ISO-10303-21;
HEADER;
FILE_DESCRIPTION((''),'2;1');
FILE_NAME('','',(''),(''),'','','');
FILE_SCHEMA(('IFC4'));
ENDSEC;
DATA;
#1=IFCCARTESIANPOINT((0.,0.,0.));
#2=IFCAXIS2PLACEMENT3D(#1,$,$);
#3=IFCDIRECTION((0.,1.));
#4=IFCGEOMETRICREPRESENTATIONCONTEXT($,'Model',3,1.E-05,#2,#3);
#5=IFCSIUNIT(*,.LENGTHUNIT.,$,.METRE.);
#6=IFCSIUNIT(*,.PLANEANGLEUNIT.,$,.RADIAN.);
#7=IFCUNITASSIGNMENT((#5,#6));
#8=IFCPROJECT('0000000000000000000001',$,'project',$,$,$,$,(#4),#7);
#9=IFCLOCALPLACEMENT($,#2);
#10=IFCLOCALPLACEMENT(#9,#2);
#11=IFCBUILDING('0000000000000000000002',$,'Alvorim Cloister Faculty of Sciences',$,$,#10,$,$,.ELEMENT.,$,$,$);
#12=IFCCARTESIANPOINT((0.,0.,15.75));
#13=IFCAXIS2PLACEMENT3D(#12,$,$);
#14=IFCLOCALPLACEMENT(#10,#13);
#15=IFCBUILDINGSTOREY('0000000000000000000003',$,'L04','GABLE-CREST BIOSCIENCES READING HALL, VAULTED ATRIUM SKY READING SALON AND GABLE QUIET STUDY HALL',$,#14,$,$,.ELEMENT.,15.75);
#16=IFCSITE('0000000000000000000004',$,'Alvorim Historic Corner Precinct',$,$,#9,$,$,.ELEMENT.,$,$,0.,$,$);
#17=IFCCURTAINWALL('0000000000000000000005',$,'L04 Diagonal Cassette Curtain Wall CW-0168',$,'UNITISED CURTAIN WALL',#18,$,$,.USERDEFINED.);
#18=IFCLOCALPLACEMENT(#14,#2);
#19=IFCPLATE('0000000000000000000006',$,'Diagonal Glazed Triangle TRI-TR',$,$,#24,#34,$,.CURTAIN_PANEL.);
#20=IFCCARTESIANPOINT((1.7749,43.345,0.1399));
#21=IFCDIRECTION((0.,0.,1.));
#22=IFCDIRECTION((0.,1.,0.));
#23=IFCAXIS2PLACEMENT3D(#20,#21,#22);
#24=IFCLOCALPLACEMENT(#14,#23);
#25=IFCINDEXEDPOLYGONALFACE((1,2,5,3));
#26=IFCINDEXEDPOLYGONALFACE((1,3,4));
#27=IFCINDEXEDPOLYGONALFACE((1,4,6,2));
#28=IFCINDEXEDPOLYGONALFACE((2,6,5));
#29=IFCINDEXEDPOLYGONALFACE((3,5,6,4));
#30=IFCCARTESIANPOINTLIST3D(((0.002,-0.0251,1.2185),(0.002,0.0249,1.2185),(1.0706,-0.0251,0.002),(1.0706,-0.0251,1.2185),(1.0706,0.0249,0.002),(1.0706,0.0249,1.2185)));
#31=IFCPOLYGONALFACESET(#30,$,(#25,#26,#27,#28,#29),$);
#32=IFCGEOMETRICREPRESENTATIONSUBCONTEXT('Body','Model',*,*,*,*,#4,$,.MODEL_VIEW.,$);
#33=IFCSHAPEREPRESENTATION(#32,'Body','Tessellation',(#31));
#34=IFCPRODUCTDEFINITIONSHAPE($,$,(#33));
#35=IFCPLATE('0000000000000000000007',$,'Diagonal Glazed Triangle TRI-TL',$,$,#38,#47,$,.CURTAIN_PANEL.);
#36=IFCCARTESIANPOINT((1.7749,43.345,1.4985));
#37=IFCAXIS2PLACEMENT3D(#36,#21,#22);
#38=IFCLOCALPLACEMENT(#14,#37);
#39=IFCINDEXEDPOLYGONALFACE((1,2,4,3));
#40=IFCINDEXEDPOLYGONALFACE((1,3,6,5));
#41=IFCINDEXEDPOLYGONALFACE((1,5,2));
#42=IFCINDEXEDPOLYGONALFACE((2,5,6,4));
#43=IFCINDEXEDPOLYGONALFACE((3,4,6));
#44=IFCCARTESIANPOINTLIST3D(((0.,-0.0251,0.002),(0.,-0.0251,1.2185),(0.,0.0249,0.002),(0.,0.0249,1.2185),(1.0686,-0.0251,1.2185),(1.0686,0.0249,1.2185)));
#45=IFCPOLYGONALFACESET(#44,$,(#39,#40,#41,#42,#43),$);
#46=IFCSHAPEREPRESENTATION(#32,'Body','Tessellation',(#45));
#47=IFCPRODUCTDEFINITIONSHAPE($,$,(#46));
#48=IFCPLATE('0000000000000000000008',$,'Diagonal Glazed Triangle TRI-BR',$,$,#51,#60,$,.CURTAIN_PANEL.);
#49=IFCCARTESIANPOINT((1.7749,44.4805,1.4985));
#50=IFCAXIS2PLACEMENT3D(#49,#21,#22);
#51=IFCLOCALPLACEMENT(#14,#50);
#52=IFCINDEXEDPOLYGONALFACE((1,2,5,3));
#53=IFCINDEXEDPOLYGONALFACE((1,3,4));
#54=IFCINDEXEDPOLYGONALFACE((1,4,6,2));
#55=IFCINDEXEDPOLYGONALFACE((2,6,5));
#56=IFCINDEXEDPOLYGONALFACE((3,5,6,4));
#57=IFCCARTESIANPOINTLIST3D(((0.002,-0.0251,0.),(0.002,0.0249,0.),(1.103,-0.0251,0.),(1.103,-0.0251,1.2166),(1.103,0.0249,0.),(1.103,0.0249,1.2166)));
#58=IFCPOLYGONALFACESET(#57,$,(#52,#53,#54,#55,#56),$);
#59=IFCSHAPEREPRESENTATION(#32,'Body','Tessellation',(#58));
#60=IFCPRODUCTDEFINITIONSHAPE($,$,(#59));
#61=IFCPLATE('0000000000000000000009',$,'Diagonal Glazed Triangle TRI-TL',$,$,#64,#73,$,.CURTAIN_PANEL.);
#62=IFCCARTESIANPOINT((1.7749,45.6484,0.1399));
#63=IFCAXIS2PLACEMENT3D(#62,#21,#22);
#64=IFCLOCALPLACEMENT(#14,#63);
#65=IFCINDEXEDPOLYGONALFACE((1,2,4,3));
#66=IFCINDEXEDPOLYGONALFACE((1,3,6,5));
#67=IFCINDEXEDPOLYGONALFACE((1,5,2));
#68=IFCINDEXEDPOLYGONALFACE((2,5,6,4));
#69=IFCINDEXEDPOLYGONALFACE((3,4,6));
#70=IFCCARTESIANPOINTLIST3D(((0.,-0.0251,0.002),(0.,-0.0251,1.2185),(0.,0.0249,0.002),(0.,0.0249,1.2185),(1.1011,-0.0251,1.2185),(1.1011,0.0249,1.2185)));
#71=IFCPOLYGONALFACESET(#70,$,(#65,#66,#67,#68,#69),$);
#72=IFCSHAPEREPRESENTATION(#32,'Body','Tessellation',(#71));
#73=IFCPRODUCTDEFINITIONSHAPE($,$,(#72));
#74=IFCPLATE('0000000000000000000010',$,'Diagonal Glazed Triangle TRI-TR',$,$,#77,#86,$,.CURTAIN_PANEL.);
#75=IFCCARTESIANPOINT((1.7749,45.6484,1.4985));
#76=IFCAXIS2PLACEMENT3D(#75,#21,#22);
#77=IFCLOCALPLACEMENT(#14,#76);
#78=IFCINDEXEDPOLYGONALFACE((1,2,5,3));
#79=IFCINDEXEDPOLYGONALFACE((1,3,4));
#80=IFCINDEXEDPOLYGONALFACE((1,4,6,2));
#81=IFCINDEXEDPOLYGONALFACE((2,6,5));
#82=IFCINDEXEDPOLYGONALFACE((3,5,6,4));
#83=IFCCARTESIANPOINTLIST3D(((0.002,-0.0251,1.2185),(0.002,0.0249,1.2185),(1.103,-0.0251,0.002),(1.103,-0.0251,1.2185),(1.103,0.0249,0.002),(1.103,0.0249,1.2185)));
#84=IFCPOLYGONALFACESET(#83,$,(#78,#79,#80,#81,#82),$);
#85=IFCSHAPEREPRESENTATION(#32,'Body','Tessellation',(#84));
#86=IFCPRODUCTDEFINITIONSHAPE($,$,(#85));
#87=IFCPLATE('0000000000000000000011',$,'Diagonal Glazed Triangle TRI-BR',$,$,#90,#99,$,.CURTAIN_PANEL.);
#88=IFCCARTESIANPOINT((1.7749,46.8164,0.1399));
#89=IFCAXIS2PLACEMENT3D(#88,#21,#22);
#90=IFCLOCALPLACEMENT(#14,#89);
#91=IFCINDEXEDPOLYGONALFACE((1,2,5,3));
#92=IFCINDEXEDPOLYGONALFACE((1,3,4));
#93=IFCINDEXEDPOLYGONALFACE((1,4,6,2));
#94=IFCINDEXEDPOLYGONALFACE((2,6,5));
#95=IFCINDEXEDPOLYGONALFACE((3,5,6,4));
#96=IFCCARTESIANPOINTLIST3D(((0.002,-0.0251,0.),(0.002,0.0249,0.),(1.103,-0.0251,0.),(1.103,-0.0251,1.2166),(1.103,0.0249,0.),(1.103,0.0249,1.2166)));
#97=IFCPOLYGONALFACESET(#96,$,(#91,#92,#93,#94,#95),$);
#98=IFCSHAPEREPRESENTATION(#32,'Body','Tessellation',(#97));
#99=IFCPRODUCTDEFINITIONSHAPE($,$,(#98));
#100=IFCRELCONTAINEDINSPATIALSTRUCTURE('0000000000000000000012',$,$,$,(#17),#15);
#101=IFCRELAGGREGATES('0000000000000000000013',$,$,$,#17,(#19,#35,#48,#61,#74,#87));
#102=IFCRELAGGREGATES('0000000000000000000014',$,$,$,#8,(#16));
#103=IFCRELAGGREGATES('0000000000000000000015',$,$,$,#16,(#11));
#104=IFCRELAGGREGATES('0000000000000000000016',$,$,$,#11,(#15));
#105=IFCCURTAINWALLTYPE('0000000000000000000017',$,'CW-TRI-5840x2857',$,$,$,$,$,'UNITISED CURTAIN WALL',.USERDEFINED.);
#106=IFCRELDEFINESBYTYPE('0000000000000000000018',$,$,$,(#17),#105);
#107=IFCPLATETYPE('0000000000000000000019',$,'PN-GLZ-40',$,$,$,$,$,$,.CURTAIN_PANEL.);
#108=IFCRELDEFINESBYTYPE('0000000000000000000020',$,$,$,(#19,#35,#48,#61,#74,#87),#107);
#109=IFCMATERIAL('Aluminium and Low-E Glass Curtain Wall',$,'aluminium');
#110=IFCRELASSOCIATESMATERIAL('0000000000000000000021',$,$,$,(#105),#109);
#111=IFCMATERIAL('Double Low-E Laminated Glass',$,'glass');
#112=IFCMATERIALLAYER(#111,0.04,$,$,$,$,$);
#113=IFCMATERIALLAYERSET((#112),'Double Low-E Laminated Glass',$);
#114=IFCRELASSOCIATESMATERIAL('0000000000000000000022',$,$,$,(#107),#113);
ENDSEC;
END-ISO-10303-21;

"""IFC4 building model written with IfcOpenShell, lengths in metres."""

from ifc_helpers import new_model, si_unit, direction, frame, origin, place, context, subcontext, project, spatial, polyline, outline, extrude, material, layer, layer_set, type_object, element, aggregate, save


model = new_model("IFC4")

# Units and contexts
model_context = context("Model", 3, precision=1e-05, world=origin(), true_north=direction((0.0, 1.0)))
body_context = subcontext(model_context, "Body", "Model", "MODEL_VIEW")
ifc_project = project(units=[si_unit("LENGTHUNIT", "METRE"), si_unit("PLANEANGLEUNIT", "RADIAN")], contexts=[model_context])

# Site, building, storey
site_placement = place(None, origin())
site = spatial("IfcSite", under=ifc_project, at=site_placement, Name="Alvorim Historic Corner Precinct", CompositionType="ELEMENT", RefElevation=0.0)
building_placement = place(site_placement, origin())
building = spatial("IfcBuilding", under=site, at=building_placement, Name="Alvorim Cloister Faculty of Sciences", CompositionType="ELEMENT")
storey_placement = place(building_placement, frame((0.0, 0.0, 15.75)))
storey = spatial("IfcBuildingStorey", under=building, at=storey_placement, Name="L04", Description="GABLE-CREST BIOSCIENCES READING HALL, VAULTED ATRIUM SKY READING SALON AND GABLE QUIET STUDY HALL", CompositionType="ELEMENT", Elevation=15.75)

# Curtain wall, plates
ifc_material_1 = material(Name="Aluminium and Low-E Glass Curtain Wall", Category="aluminium")
curtain_wall_type = type_object("IfcCurtainWallType", Name="CW-TRI-5840x2857", ElementType="UNITISED CURTAIN WALL", PredefinedType="USERDEFINED", material=ifc_material_1)
curtain_wall_placement = place(storey_placement, origin())
curtain_wall = element("IfcCurtainWall", 1, at=curtain_wall_placement, inside=storey, type_object=curtain_wall_type, Name="L04 Diagonal Cassette Curtain Wall CW-0168", ObjectType="UNITISED CURTAIN WALL", PredefinedType="USERDEFINED")
ifc_material_2 = material(Name="Double Low-E Laminated Glass", Category="glass")
ifc_layer = layer(ifc_material_2, 0.04)
ifc_layer_set = layer_set([ifc_layer], Name="Double Low-E Laminated Glass")
plate_type = type_object("IfcPlateType", Name="PN-GLZ-40", PredefinedType="CURTAIN_PANEL", material=ifc_layer_set)
plate_1_placement = place(storey_placement, frame((1.7749, 43.345, 0.1399), z_axis=(0.0, 0.0, 1.0), x_axis=(0.0, 1.0, 0.0)))
plate_1 = element("IfcPlate", 2, at=plate_1_placement, type_object=plate_type, Name="Diagonal Glazed Triangle TRI-TR", PredefinedType="CURTAIN_PANEL", context=body_context, shape_type="SweptSolid", body=[
    extrude(outline(polyline([(1.0706, 0.002), (1.0706, 1.2185), (0.002, 1.2185), (1.0706, 0.002)])), frame((0.0, 0.0249, 0.0), z_axis=(0.0, -1.0, 0.0), x_axis=(1.0, 0.0, 0.0)), (0.0, 0.0, 1.0), 0.05),
])
plate_2_placement = place(storey_placement, frame((1.7749, 43.345, 1.4985), z_axis=(0.0, 0.0, 1.0), x_axis=(0.0, 1.0, 0.0)))
plate_2 = element("IfcPlate", 3, at=plate_2_placement, type_object=plate_type, Name="Diagonal Glazed Triangle TRI-TL", PredefinedType="CURTAIN_PANEL", context=body_context, shape_type="SweptSolid", body=[
    extrude(outline(polyline([(1.0686, 1.2185), (0.0, 1.2185), (0.0, 0.002), (1.0686, 1.2185)])), frame((0.0, 0.0249, 0.0), z_axis=(0.0, -1.0, 0.0), x_axis=(1.0, 0.0, 0.0)), (0.0, 0.0, 1.0), 0.05),
])
plate_3_placement = place(storey_placement, frame((1.7749, 44.4805, 1.4985), z_axis=(0.0, 0.0, 1.0), x_axis=(0.0, 1.0, 0.0)))
plate_3 = element("IfcPlate", 4, at=plate_3_placement, type_object=plate_type, Name="Diagonal Glazed Triangle TRI-BR", PredefinedType="CURTAIN_PANEL", context=body_context, shape_type="SweptSolid", body=[
    extrude(outline(polyline([(0.002, 0.0), (1.103, 0.0), (1.103, 1.2166), (0.002, 0.0)])), frame((0.0, 0.0249, 0.0), z_axis=(0.0, -1.0, 0.0), x_axis=(1.0, 0.0, 0.0)), (0.0, 0.0, 1.0), 0.05),
])
plate_4_placement = place(storey_placement, frame((1.7749, 45.6484, 0.1399), z_axis=(0.0, 0.0, 1.0), x_axis=(0.0, 1.0, 0.0)))
plate_4 = element("IfcPlate", 5, at=plate_4_placement, type_object=plate_type, Name="Diagonal Glazed Triangle TRI-TL", PredefinedType="CURTAIN_PANEL", context=body_context, shape_type="SweptSolid", body=[
    extrude(outline(polyline([(1.1011, 1.2185), (0.0, 1.2185), (0.0, 0.002), (1.1011, 1.2185)])), frame((0.0, 0.0249, 0.0), z_axis=(0.0, -1.0, 0.0), x_axis=(1.0, 0.0, 0.0)), (0.0, 0.0, 1.0), 0.05),
])
plate_5_placement = place(storey_placement, frame((1.7749, 45.6484, 1.4985), z_axis=(0.0, 0.0, 1.0), x_axis=(0.0, 1.0, 0.0)))
plate_5 = element("IfcPlate", 6, at=plate_5_placement, type_object=plate_type, Name="Diagonal Glazed Triangle TRI-TR", PredefinedType="CURTAIN_PANEL", context=body_context, shape_type="SweptSolid", body=[
    extrude(outline(polyline([(1.103, 0.002), (1.103, 1.2185), (0.002, 1.2185), (1.103, 0.002)])), frame((0.0, 0.0249, 0.0), z_axis=(0.0, -1.0, 0.0), x_axis=(1.0, 0.0, 0.0)), (0.0, 0.0, 1.0), 0.05),
])
plate_6_placement = place(storey_placement, frame((1.7749, 46.8164, 0.1399), z_axis=(0.0, 0.0, 1.0), x_axis=(0.0, 1.0, 0.0)))
plate_6 = element("IfcPlate", 7, at=plate_6_placement, type_object=plate_type, Name="Diagonal Glazed Triangle TRI-BR", PredefinedType="CURTAIN_PANEL", context=body_context, shape_type="SweptSolid", body=[
    extrude(outline(polyline([(0.002, 0.0), (1.103, 0.0), (1.103, 1.2166), (0.002, 0.0)])), frame((0.0, 0.0249, 0.0), z_axis=(0.0, -1.0, 0.0), x_axis=(1.0, 0.0, 0.0)), (0.0, 0.0, 1.0), 0.05),
])
aggregate(curtain_wall, [plate_1, plate_2, plate_3, plate_4, plate_5, plate_6])

save(model, "model.ifc")
